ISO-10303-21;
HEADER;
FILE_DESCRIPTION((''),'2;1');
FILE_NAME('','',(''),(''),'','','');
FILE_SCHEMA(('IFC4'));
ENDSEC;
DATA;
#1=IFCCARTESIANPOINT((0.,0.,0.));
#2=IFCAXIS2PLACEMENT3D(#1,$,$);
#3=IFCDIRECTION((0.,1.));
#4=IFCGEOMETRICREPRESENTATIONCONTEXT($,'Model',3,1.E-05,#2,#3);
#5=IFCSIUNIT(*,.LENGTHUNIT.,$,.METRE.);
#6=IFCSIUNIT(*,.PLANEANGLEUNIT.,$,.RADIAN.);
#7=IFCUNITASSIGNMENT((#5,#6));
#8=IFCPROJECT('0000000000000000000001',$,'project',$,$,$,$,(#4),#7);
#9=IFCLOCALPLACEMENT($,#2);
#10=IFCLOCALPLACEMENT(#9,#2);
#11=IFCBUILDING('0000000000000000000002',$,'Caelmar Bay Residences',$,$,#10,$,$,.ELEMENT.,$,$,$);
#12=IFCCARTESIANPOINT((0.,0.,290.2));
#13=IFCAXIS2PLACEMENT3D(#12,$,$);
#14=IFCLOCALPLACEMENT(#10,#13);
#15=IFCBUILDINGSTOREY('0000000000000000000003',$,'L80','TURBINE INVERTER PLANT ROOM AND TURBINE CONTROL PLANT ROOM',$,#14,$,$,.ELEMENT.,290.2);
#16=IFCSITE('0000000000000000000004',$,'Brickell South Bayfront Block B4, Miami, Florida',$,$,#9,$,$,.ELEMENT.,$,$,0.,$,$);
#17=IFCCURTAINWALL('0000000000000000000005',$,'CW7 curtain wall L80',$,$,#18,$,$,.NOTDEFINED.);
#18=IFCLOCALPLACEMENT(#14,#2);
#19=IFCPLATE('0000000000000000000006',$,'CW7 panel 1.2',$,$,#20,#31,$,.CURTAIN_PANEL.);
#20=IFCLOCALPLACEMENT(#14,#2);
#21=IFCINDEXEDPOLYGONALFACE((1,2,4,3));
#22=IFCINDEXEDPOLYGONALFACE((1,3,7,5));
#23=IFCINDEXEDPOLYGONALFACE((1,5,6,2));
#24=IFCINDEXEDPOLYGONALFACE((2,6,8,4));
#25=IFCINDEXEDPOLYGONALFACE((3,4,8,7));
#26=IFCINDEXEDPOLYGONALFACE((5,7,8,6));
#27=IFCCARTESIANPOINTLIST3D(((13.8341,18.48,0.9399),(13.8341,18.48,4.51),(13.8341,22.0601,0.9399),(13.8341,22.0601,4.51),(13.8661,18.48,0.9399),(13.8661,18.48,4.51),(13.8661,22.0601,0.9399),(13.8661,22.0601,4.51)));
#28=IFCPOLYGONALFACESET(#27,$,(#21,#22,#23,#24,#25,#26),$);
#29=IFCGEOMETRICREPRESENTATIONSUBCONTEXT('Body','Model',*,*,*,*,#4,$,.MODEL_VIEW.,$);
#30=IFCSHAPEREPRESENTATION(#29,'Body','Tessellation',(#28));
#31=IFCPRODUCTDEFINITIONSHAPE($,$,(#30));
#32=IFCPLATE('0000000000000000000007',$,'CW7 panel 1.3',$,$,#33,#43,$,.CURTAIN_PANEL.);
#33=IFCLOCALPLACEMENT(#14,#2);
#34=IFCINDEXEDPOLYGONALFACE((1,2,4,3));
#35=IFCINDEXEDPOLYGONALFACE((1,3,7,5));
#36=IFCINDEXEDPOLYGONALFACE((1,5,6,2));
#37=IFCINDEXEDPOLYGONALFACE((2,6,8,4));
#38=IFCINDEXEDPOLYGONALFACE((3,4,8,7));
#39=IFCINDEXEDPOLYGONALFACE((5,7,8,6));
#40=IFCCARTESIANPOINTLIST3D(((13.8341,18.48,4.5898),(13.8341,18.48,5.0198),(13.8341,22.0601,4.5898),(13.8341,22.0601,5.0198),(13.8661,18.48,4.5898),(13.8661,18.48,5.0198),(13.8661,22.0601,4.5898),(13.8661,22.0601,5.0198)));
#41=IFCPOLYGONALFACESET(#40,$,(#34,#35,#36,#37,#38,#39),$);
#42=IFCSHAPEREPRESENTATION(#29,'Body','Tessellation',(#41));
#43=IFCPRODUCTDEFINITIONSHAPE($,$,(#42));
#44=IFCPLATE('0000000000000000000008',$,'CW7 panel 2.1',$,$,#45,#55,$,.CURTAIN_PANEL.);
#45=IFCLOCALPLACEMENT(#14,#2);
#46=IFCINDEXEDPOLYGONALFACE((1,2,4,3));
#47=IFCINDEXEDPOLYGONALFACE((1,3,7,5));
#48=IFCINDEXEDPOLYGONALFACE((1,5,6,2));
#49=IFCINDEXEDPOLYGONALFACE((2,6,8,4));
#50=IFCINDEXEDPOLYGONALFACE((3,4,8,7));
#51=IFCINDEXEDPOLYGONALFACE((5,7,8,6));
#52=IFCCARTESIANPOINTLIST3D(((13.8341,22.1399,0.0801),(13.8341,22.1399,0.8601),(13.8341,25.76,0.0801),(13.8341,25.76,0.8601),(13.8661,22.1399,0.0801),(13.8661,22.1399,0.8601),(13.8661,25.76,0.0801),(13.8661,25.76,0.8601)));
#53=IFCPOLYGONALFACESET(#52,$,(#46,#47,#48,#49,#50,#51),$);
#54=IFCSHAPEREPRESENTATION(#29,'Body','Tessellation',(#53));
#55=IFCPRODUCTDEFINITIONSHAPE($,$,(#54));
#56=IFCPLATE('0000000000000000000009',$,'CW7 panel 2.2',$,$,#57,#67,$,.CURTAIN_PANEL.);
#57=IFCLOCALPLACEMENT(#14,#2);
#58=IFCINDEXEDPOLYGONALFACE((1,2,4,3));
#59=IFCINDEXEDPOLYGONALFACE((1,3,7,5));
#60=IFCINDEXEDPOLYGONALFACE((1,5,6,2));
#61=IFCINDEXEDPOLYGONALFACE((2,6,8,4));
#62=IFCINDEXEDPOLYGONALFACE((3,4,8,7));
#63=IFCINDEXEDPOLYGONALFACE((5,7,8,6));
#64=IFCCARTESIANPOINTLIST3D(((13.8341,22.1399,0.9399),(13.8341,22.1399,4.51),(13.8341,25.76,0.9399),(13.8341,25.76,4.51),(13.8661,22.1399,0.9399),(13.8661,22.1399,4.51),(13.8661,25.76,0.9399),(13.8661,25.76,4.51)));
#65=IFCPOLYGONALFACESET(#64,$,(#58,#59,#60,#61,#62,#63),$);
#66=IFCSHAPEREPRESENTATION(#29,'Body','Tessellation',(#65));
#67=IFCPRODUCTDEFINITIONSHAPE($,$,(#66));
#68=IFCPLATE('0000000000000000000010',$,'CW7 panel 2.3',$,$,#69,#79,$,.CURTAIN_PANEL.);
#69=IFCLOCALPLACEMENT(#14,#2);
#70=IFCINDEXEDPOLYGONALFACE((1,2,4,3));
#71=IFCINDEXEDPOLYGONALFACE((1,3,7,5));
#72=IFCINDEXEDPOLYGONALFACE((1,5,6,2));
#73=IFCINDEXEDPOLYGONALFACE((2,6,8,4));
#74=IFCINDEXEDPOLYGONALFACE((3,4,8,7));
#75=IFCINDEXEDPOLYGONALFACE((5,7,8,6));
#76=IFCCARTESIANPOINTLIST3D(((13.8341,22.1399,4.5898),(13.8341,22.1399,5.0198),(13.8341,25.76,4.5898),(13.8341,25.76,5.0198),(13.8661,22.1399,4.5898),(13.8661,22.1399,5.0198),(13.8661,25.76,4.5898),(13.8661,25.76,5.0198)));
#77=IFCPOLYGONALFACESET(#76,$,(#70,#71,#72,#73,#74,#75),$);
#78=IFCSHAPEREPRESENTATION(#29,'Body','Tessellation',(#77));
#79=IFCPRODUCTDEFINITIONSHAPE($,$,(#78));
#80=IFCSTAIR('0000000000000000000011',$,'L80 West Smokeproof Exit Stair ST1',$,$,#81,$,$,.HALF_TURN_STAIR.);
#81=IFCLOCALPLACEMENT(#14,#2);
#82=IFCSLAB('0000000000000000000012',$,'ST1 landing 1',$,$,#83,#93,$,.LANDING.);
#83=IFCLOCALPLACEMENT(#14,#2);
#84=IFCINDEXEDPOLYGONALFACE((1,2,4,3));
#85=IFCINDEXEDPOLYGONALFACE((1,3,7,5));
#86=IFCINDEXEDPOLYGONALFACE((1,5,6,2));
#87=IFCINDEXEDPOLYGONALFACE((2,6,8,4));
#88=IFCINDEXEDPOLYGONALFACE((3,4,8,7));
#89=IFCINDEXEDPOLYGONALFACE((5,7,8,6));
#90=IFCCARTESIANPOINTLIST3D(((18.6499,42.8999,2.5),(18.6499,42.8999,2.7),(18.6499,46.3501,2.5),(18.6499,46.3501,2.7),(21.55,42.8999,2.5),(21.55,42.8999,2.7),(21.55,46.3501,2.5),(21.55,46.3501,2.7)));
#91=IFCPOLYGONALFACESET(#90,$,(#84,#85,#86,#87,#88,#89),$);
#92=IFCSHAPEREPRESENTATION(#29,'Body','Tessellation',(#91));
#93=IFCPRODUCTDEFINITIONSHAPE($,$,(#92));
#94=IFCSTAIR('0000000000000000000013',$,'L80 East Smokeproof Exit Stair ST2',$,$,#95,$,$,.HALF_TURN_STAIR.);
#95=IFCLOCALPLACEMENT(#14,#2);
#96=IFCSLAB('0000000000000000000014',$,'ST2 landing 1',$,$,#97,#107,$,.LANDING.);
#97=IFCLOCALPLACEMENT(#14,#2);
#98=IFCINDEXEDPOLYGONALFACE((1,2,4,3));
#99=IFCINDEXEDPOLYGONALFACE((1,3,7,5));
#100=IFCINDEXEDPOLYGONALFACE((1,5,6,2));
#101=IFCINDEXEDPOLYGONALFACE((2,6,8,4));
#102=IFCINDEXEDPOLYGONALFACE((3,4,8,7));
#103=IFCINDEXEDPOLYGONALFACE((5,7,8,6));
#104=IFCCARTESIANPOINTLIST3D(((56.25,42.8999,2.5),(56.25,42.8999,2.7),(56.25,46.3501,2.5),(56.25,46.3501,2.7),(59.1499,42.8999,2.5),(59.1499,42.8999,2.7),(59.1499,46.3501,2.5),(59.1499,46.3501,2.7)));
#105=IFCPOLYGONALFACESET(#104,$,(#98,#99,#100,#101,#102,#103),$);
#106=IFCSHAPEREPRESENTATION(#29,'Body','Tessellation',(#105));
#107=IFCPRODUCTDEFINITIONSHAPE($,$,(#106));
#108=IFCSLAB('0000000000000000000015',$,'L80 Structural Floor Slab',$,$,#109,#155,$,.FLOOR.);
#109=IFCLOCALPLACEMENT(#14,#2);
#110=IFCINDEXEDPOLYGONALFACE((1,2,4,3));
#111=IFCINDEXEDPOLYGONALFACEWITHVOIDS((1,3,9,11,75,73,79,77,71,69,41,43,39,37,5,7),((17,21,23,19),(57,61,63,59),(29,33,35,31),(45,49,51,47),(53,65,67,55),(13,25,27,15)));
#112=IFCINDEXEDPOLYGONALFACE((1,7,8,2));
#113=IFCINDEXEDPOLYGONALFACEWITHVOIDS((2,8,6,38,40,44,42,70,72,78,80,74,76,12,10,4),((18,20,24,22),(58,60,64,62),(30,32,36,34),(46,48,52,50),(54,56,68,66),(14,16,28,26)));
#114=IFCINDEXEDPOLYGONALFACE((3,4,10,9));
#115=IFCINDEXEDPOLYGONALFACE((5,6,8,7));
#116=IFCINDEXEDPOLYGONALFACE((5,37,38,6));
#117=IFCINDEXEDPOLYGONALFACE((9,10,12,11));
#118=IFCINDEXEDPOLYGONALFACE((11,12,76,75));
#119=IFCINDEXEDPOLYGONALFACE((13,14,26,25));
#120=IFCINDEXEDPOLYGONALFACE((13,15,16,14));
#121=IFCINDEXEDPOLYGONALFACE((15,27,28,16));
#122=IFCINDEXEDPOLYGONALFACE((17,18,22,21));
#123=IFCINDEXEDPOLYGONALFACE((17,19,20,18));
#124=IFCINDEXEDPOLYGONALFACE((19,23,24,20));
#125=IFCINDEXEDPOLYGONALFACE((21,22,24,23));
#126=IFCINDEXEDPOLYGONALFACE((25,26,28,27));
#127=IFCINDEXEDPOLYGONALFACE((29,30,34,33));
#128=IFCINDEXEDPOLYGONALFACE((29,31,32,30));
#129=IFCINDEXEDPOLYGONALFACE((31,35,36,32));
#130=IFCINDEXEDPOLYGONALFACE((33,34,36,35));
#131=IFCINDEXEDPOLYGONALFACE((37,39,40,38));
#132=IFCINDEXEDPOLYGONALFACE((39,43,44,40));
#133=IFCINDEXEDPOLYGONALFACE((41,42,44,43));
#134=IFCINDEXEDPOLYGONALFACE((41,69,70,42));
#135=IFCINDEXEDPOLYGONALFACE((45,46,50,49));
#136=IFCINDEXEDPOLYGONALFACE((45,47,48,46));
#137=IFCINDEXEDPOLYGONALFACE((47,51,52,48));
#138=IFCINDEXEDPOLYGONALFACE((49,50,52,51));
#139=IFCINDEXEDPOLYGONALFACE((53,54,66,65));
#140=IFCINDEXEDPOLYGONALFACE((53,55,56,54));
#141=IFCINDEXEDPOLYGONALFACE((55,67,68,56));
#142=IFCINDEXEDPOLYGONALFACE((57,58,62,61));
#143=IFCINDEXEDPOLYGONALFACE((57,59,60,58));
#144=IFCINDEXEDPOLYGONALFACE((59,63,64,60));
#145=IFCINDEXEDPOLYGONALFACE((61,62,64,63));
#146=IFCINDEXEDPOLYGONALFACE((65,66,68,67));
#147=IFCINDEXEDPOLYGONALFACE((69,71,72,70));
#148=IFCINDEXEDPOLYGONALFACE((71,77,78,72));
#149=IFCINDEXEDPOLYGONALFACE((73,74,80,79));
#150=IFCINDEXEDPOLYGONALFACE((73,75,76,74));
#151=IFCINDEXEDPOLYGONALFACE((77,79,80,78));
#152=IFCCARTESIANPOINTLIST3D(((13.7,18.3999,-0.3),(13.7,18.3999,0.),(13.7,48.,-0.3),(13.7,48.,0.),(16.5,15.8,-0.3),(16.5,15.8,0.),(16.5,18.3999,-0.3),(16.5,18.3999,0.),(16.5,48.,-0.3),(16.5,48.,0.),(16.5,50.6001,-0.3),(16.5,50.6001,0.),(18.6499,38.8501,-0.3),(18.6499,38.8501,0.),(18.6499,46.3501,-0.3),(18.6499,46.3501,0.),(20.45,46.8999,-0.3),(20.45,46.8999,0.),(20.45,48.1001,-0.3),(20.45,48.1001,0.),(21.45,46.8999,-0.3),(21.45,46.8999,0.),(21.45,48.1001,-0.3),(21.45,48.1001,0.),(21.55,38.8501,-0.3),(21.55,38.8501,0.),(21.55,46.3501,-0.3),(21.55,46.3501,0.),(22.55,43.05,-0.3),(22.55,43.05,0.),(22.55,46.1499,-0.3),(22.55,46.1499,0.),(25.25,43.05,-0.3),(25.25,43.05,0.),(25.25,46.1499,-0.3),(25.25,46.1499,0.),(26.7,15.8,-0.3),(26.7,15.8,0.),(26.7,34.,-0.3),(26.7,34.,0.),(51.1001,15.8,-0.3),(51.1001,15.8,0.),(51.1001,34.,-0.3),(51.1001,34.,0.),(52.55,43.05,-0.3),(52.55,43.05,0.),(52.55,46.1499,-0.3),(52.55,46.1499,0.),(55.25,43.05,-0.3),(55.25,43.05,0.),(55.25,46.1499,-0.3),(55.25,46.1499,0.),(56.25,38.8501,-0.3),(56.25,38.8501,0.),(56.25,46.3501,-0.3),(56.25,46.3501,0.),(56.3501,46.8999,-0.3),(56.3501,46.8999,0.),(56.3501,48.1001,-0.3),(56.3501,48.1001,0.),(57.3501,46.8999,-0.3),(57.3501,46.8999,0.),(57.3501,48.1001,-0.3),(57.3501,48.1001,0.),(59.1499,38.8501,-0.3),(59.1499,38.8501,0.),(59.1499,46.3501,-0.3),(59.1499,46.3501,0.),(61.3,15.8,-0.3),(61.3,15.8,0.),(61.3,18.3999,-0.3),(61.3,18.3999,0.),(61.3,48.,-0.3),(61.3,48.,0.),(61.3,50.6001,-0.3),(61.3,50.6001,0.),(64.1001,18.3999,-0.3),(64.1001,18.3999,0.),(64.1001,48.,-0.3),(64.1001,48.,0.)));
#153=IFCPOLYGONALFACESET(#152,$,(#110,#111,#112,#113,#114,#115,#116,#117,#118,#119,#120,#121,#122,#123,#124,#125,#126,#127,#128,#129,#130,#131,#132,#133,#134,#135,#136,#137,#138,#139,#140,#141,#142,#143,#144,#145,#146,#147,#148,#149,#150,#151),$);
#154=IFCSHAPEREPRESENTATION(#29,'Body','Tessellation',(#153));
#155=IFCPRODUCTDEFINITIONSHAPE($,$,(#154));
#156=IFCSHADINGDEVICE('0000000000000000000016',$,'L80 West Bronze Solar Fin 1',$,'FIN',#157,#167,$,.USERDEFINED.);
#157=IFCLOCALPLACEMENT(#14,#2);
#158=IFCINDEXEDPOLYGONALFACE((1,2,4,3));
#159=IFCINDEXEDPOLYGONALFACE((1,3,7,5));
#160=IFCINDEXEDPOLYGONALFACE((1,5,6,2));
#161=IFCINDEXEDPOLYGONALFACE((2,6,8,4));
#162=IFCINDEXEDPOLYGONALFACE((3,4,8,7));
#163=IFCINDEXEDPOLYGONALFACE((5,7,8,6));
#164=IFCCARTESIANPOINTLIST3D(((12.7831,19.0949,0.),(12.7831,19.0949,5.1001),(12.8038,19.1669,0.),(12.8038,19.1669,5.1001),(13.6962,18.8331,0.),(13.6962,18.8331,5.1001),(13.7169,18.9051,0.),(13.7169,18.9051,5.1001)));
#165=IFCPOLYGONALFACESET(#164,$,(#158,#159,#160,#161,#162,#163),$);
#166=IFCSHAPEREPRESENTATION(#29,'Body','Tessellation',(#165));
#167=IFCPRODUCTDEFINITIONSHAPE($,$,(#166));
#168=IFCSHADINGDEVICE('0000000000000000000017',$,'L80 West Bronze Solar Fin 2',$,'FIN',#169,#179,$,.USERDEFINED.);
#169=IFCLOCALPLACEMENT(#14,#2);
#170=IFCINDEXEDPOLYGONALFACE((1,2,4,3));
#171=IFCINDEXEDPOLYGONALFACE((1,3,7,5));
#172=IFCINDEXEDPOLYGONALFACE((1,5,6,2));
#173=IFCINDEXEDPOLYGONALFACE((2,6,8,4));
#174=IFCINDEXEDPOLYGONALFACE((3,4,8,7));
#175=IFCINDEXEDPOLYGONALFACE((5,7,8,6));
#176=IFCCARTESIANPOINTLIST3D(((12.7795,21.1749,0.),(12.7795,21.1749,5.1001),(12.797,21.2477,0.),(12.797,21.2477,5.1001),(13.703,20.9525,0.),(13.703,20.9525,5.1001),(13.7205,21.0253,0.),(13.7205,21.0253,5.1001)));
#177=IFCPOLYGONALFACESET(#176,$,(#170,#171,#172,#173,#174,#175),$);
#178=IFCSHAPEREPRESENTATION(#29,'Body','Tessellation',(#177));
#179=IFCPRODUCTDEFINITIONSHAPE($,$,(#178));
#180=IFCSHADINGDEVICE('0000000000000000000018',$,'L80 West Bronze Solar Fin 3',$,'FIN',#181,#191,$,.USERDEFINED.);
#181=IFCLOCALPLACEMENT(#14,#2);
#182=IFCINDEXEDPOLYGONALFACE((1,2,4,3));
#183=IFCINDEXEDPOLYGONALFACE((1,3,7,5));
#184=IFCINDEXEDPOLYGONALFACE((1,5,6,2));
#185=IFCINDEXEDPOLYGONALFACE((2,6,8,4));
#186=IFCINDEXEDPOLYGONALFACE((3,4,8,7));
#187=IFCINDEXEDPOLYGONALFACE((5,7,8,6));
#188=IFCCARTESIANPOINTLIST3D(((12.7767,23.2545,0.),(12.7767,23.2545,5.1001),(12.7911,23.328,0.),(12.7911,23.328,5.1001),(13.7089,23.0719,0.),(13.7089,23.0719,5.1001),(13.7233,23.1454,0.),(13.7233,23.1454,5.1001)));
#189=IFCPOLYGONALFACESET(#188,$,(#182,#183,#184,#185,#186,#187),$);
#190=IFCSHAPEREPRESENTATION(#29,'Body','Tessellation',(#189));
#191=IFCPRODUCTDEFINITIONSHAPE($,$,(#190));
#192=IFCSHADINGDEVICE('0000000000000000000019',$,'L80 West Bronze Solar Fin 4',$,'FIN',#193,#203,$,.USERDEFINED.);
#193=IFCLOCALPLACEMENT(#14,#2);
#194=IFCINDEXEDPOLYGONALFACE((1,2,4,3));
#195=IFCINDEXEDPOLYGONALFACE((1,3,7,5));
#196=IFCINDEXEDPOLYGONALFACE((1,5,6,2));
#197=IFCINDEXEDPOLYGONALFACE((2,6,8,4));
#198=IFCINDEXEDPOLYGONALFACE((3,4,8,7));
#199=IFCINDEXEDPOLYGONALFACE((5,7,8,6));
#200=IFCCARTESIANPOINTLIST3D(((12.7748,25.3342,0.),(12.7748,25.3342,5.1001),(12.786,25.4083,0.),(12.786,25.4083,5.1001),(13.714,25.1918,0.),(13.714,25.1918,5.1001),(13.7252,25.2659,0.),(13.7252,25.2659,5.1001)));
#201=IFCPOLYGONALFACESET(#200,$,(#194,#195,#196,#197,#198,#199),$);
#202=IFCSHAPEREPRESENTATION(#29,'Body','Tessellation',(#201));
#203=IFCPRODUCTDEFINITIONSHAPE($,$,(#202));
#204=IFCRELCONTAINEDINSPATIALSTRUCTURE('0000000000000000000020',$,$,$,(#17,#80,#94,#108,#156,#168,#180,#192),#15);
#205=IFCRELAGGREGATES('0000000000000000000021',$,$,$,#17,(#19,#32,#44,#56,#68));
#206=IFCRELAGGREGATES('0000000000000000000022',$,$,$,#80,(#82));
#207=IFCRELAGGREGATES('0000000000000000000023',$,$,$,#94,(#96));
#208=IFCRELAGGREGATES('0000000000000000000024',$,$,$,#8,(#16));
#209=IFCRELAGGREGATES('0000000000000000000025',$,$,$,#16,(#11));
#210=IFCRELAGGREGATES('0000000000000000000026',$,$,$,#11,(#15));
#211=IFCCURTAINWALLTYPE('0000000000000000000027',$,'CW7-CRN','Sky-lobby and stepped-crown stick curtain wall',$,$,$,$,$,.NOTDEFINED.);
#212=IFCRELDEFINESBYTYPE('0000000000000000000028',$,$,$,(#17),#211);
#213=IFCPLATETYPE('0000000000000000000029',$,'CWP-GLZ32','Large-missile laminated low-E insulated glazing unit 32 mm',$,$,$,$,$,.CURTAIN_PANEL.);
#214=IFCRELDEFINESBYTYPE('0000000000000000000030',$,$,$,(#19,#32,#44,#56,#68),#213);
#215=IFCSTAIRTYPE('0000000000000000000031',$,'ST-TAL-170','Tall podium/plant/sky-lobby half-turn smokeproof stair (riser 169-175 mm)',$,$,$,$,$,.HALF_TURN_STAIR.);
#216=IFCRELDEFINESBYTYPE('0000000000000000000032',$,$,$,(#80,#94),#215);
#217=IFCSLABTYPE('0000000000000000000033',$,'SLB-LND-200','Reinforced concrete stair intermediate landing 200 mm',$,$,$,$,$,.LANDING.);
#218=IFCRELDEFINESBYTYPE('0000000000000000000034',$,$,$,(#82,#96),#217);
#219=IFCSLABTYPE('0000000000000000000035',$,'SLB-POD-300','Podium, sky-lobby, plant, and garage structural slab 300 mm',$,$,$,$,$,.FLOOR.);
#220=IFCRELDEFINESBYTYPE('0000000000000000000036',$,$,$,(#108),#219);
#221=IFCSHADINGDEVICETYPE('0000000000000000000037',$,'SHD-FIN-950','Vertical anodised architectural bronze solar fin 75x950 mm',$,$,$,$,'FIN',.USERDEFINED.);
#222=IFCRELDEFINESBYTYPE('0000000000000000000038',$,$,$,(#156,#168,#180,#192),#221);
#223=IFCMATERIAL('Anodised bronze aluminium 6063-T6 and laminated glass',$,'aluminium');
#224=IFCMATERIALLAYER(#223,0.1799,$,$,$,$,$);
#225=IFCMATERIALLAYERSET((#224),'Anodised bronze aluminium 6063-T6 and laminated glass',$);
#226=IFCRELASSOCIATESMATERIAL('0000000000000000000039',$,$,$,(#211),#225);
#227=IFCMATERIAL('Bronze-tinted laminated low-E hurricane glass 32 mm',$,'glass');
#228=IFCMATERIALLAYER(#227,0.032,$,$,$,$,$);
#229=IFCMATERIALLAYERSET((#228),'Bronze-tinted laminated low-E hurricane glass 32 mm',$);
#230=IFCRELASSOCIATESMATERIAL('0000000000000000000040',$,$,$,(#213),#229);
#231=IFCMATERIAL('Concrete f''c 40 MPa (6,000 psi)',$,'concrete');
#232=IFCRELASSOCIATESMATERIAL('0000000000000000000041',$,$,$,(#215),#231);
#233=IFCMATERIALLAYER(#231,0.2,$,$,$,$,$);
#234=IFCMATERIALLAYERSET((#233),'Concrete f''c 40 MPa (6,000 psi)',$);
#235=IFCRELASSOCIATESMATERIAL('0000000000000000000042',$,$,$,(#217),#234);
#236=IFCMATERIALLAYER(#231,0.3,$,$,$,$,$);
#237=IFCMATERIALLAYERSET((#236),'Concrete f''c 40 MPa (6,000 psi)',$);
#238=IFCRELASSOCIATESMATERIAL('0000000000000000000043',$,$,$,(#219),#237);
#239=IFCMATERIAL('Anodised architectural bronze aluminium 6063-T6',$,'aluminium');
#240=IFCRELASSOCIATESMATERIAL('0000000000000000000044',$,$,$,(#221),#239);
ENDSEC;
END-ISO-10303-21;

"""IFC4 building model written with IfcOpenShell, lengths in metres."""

from ifc_helpers import new_model, si_unit, direction, frame, origin, origin_2d, place, context, subcontext, project, spatial, polyline, rectangle, outline, extrude, material, layer, layer_set, material_profile, profile_set, type_object, element, aggregate, save


model = new_model("IFC4")

# Units and contexts
model_context = context("Model", 3, precision=1e-05, world=origin(), true_north=direction((0.0, 1.0)))
body_context = subcontext(model_context, "Body", "Model", "MODEL_VIEW")
ifc_project = project(units=[si_unit("LENGTHUNIT", "METRE"), si_unit("PLANEANGLEUNIT", "RADIAN")], contexts=[model_context])

# Site, building, storey
site_placement = place(None, origin())
site = spatial("IfcSite", under=ifc_project, at=site_placement, Name="Brickell South Bayfront Block B4, Miami, Florida", CompositionType="ELEMENT", RefElevation=0.0)
building_placement = place(site_placement, origin())
building = spatial("IfcBuilding", under=site, at=building_placement, Name="Caelmar Bay Residences", CompositionType="ELEMENT")
storey_placement = place(building_placement, frame((0.0, 0.0, 290.2)))
storey = spatial("IfcBuildingStorey", under=building, at=storey_placement, Name="L80", Description="TURBINE INVERTER PLANT ROOM AND TURBINE CONTROL PLANT ROOM", CompositionType="ELEMENT", Elevation=290.2)

# Curtain wall, plates
ifc_material_1 = material(Name="Anodised bronze aluminium 6063-T6 and laminated glass", Category="aluminium")
ifc_layer_1 = layer(ifc_material_1, 0.1799)
ifc_layer_set_1 = layer_set([ifc_layer_1], Name="Anodised bronze aluminium 6063-T6 and laminated glass")
curtain_wall_type = type_object("IfcCurtainWallType", Name="CW7-CRN", Description="Sky-lobby and stepped-crown stick curtain wall", PredefinedType="NOTDEFINED", material=ifc_layer_set_1)
curtain_wall_placement = place(storey_placement, origin())
curtain_wall = element("IfcCurtainWall", 1, at=curtain_wall_placement, inside=storey, type_object=curtain_wall_type, Name="CW7 curtain wall L80", PredefinedType="NOTDEFINED")
ifc_material_2 = material(Name="Bronze-tinted laminated low-E hurricane glass 32 mm", Category="glass")
ifc_layer_2 = layer(ifc_material_2, 0.032)
ifc_layer_set_2 = layer_set([ifc_layer_2], Name="Bronze-tinted laminated low-E hurricane glass 32 mm")
plate_type = type_object("IfcPlateType", Name="CWP-GLZ32", Description="Large-missile laminated low-E insulated glazing unit 32 mm", PredefinedType="CURTAIN_PANEL", material=ifc_layer_set_2)
plate_1_placement = place(storey_placement, frame((13.8501, 20.27, 0.9399), z_axis=(0.0, 0.0, 1.0), x_axis=(0.0, 1.0, 0.0)))
plate_1 = element("IfcPlate", 2, at=plate_1_placement, type_object=plate_type, Name="CW7 panel 1.2", PredefinedType="CURTAIN_PANEL", context=body_context, shape_type="SweptSolid", body=[
    extrude(rectangle(XDim=3.5801, YDim=0.032, at=origin_2d()), origin(), (0.0, 0.0, 1.0), 3.5701),
])
plate_2_placement = place(storey_placement, frame((13.8501, 20.27, 4.5898), z_axis=(0.0, 0.0, 1.0), x_axis=(0.0, 1.0, 0.0)))
plate_2 = element("IfcPlate", 3, at=plate_2_placement, type_object=plate_type, Name="CW7 panel 1.3", PredefinedType="CURTAIN_PANEL", context=body_context, shape_type="SweptSolid", body=[
    extrude(rectangle(XDim=3.5801, YDim=0.032, at=origin_2d()), origin(), (0.0, 0.0, 1.0), 0.4299),
])
plate_3_placement = place(storey_placement, frame((13.8501, 23.95, 0.0801), z_axis=(0.0, 0.0, 1.0), x_axis=(0.0, 1.0, 0.0)))
plate_3 = element("IfcPlate", 4, at=plate_3_placement, type_object=plate_type, Name="CW7 panel 2.1", PredefinedType="CURTAIN_PANEL", context=body_context, shape_type="SweptSolid", body=[
    extrude(rectangle(XDim=3.6201, YDim=0.032, at=origin_2d()), origin(), (0.0, 0.0, 1.0), 0.78),
])
plate_4_placement = place(storey_placement, frame((13.8501, 23.95, 0.9399), z_axis=(0.0, 0.0, 1.0), x_axis=(0.0, 1.0, 0.0)))
plate_4 = element("IfcPlate", 5, at=plate_4_placement, type_object=plate_type, Name="CW7 panel 2.2", PredefinedType="CURTAIN_PANEL", context=body_context, shape_type="SweptSolid", body=[
    extrude(rectangle(XDim=3.6201, YDim=0.032, at=origin_2d()), origin(), (0.0, 0.0, 1.0), 3.5701),
])
plate_5_placement = place(storey_placement, frame((13.8501, 23.95, 4.5898), z_axis=(0.0, 0.0, 1.0), x_axis=(0.0, 1.0, 0.0)))
plate_5 = element("IfcPlate", 6, at=plate_5_placement, type_object=plate_type, Name="CW7 panel 2.3", PredefinedType="CURTAIN_PANEL", context=body_context, shape_type="SweptSolid", body=[
    extrude(rectangle(XDim=3.6201, YDim=0.032, at=origin_2d()), origin(), (0.0, 0.0, 1.0), 0.4299),
])
aggregate(curtain_wall, [plate_1, plate_2, plate_3, plate_4, plate_5])

# Stairs, slabs
ifc_material_3 = material(Name="Concrete f'c 40 MPa (6,000 psi)", Category="concrete")
stair_type = type_object("IfcStairType", Name="ST-TAL-170", Description="Tall podium/plant/sky-lobby half-turn smokeproof stair (riser 169-175 mm)", PredefinedType="HALF_TURN_STAIR", material=ifc_material_3)
stair_1_placement = place(storey_placement, origin())
stair_1 = element("IfcStair", 7, at=stair_1_placement, inside=storey, type_object=stair_type, Name="L80 West Smokeproof Exit Stair ST1", PredefinedType="HALF_TURN_STAIR")
ifc_layer_3 = layer(ifc_material_3, 0.2)
ifc_layer_set_3 = layer_set([ifc_layer_3], Name="Concrete f'c 40 MPa (6,000 psi)")
slab_type_1 = type_object("IfcSlabType", Name="SLB-LND-200", Description="Reinforced concrete stair intermediate landing 200 mm", PredefinedType="LANDING", material=ifc_layer_set_3)
slab_1_placement = place(storey_placement, frame((0.0, 0.0, 2.5)))
slab_1 = element("IfcSlab", 8, at=slab_1_placement, type_object=slab_type_1, Name="ST1 landing 1", PredefinedType="LANDING", context=body_context, shape_type="SweptSolid", body=[
    extrude(outline(polyline([(21.55, 42.8999), (21.55, 46.3501), (18.6499, 46.3501), (18.6499, 42.8999), (21.55, 42.8999)])), origin(), (0.0, 0.0, 1.0), 0.2),
])
aggregate(stair_1, [slab_1])
stair_2_placement = place(storey_placement, origin())
stair_2 = element("IfcStair", 9, at=stair_2_placement, inside=storey, type_object=stair_type, Name="L80 East Smokeproof Exit Stair ST2", PredefinedType="HALF_TURN_STAIR")
slab_2_placement = place(storey_placement, frame((0.0, 0.0, 2.5)))
slab_2 = element("IfcSlab", 10, at=slab_2_placement, type_object=slab_type_1, Name="ST2 landing 1", PredefinedType="LANDING", context=body_context, shape_type="SweptSolid", body=[
    extrude(outline(polyline([(59.1499, 42.8999), (59.1499, 46.3501), (56.25, 46.3501), (56.25, 42.8999), (59.1499, 42.8999)])), origin(), (0.0, 0.0, 1.0), 0.2),
])
aggregate(stair_2, [slab_2])

# Slab
ifc_layer_4 = layer(ifc_material_3, 0.3)
ifc_layer_set_4 = layer_set([ifc_layer_4], Name="Concrete f'c 40 MPa (6,000 psi)")
slab_type_2 = type_object("IfcSlabType", Name="SLB-POD-300", Description="Podium, sky-lobby, plant, and garage structural slab 300 mm", PredefinedType="FLOOR", material=ifc_layer_set_4)
slab_3_placement = place(storey_placement, frame((0.0, 0.0, -0.3)))
element("IfcSlab", 11, at=slab_3_placement, inside=storey, type_object=slab_type_2, Name="L80 Structural Floor Slab", PredefinedType="FLOOR", context=body_context, shape_type="SweptSolid", body=[
    extrude(outline(polyline([(26.7, 15.8), (26.7, 34.0), (51.1001, 34.0), (51.1001, 15.8), (61.3, 15.8), (61.3, 18.3999), (64.1001, 18.3999), (64.1001, 48.0), (61.3, 48.0), (61.3, 50.6001), (16.5, 50.6001), (16.5, 48.0), (13.7, 48.0), (13.7, 18.3999), (16.5, 18.3999), (16.5, 15.8), (26.7, 15.8)]), holes=[polyline([(18.6499, 38.8501), (21.55, 38.8501), (21.55, 46.3501), (18.6499, 46.3501), (18.6499, 38.8501)]), polyline([(56.25, 38.8501), (59.1499, 38.8501), (59.1499, 46.3501), (56.25, 46.3501), (56.25, 38.8501)]), polyline([(22.55, 43.05), (25.25, 43.05), (25.25, 46.1499), (22.55, 46.1499), (22.55, 43.05)]), polyline([(52.55, 43.05), (55.25, 43.05), (55.25, 46.1499), (52.55, 46.1499), (52.55, 43.05)]), polyline([(20.45, 46.8999), (21.45, 46.8999), (21.45, 48.1001), (20.45, 48.1001), (20.45, 46.8999)]), polyline([(56.3501, 46.8999), (57.3501, 46.8999), (57.3501, 48.1001), (56.3501, 48.1001), (56.3501, 46.8999)])]), origin(), (0.0, 0.0, 1.0), 0.3),
])

# Shading devices
ifc_material_4 = material(Name="Anodised architectural bronze aluminium 6063-T6", Category="aluminium")
ifc_material_profile_1 = material_profile(ifc_material_4, rectangle(XDim=0.075, YDim=0.95, at=origin_2d()), Name="BRONZE-FIN-75X950")
ifc_profile_set_1 = profile_set([ifc_material_profile_1], Name="Anodised architectural bronze aluminium 6063-T6")
shading_device_type = type_object("IfcShadingDeviceType", Name="SHD-FIN-950", Description="Vertical anodised architectural bronze solar fin 75x950 mm", ElementType="FIN", PredefinedType="USERDEFINED", material=ifc_profile_set_1)
for number, where, z_axis, x_axis, name in (
    (12, (13.25, 19.0, 0.0), (0.0, 0.0, 1.0), (0.275637, 0.961262, 0.0), "L80 West Bronze Solar Fin 1"),
    (13, (13.25, 21.1001, 0.0), (0.0, 0.0, 1.0), (0.234124, 0.972207, 0.0), "L80 West Bronze Solar Fin 2"),
    (14, (13.25, 23.2, 0.0), (0.0, 0.0, 1.0), (0.192179, 0.98136, 0.0), "L80 West Bronze Solar Fin 3"),
    (15, (13.25, 25.3, 0.0), (0.0, 0.0, 1.0), (0.14988, 0.988704, 0.0), "L80 West Bronze Solar Fin 4"),
):
    element("IfcShadingDevice", number, at=place(storey_placement, frame(where, z_axis=z_axis, x_axis=x_axis)), inside=storey, type_object=shading_device_type, Name=name, ObjectType="FIN", PredefinedType="USERDEFINED", context=body_context, shape_type="SweptSolid", body=[
        extrude(rectangle(XDim=0.075, YDim=0.95, at=origin_2d()), origin(), (0.0, 0.0, 1.0), 5.1001),
    ])

save(model, "model.ifc")
